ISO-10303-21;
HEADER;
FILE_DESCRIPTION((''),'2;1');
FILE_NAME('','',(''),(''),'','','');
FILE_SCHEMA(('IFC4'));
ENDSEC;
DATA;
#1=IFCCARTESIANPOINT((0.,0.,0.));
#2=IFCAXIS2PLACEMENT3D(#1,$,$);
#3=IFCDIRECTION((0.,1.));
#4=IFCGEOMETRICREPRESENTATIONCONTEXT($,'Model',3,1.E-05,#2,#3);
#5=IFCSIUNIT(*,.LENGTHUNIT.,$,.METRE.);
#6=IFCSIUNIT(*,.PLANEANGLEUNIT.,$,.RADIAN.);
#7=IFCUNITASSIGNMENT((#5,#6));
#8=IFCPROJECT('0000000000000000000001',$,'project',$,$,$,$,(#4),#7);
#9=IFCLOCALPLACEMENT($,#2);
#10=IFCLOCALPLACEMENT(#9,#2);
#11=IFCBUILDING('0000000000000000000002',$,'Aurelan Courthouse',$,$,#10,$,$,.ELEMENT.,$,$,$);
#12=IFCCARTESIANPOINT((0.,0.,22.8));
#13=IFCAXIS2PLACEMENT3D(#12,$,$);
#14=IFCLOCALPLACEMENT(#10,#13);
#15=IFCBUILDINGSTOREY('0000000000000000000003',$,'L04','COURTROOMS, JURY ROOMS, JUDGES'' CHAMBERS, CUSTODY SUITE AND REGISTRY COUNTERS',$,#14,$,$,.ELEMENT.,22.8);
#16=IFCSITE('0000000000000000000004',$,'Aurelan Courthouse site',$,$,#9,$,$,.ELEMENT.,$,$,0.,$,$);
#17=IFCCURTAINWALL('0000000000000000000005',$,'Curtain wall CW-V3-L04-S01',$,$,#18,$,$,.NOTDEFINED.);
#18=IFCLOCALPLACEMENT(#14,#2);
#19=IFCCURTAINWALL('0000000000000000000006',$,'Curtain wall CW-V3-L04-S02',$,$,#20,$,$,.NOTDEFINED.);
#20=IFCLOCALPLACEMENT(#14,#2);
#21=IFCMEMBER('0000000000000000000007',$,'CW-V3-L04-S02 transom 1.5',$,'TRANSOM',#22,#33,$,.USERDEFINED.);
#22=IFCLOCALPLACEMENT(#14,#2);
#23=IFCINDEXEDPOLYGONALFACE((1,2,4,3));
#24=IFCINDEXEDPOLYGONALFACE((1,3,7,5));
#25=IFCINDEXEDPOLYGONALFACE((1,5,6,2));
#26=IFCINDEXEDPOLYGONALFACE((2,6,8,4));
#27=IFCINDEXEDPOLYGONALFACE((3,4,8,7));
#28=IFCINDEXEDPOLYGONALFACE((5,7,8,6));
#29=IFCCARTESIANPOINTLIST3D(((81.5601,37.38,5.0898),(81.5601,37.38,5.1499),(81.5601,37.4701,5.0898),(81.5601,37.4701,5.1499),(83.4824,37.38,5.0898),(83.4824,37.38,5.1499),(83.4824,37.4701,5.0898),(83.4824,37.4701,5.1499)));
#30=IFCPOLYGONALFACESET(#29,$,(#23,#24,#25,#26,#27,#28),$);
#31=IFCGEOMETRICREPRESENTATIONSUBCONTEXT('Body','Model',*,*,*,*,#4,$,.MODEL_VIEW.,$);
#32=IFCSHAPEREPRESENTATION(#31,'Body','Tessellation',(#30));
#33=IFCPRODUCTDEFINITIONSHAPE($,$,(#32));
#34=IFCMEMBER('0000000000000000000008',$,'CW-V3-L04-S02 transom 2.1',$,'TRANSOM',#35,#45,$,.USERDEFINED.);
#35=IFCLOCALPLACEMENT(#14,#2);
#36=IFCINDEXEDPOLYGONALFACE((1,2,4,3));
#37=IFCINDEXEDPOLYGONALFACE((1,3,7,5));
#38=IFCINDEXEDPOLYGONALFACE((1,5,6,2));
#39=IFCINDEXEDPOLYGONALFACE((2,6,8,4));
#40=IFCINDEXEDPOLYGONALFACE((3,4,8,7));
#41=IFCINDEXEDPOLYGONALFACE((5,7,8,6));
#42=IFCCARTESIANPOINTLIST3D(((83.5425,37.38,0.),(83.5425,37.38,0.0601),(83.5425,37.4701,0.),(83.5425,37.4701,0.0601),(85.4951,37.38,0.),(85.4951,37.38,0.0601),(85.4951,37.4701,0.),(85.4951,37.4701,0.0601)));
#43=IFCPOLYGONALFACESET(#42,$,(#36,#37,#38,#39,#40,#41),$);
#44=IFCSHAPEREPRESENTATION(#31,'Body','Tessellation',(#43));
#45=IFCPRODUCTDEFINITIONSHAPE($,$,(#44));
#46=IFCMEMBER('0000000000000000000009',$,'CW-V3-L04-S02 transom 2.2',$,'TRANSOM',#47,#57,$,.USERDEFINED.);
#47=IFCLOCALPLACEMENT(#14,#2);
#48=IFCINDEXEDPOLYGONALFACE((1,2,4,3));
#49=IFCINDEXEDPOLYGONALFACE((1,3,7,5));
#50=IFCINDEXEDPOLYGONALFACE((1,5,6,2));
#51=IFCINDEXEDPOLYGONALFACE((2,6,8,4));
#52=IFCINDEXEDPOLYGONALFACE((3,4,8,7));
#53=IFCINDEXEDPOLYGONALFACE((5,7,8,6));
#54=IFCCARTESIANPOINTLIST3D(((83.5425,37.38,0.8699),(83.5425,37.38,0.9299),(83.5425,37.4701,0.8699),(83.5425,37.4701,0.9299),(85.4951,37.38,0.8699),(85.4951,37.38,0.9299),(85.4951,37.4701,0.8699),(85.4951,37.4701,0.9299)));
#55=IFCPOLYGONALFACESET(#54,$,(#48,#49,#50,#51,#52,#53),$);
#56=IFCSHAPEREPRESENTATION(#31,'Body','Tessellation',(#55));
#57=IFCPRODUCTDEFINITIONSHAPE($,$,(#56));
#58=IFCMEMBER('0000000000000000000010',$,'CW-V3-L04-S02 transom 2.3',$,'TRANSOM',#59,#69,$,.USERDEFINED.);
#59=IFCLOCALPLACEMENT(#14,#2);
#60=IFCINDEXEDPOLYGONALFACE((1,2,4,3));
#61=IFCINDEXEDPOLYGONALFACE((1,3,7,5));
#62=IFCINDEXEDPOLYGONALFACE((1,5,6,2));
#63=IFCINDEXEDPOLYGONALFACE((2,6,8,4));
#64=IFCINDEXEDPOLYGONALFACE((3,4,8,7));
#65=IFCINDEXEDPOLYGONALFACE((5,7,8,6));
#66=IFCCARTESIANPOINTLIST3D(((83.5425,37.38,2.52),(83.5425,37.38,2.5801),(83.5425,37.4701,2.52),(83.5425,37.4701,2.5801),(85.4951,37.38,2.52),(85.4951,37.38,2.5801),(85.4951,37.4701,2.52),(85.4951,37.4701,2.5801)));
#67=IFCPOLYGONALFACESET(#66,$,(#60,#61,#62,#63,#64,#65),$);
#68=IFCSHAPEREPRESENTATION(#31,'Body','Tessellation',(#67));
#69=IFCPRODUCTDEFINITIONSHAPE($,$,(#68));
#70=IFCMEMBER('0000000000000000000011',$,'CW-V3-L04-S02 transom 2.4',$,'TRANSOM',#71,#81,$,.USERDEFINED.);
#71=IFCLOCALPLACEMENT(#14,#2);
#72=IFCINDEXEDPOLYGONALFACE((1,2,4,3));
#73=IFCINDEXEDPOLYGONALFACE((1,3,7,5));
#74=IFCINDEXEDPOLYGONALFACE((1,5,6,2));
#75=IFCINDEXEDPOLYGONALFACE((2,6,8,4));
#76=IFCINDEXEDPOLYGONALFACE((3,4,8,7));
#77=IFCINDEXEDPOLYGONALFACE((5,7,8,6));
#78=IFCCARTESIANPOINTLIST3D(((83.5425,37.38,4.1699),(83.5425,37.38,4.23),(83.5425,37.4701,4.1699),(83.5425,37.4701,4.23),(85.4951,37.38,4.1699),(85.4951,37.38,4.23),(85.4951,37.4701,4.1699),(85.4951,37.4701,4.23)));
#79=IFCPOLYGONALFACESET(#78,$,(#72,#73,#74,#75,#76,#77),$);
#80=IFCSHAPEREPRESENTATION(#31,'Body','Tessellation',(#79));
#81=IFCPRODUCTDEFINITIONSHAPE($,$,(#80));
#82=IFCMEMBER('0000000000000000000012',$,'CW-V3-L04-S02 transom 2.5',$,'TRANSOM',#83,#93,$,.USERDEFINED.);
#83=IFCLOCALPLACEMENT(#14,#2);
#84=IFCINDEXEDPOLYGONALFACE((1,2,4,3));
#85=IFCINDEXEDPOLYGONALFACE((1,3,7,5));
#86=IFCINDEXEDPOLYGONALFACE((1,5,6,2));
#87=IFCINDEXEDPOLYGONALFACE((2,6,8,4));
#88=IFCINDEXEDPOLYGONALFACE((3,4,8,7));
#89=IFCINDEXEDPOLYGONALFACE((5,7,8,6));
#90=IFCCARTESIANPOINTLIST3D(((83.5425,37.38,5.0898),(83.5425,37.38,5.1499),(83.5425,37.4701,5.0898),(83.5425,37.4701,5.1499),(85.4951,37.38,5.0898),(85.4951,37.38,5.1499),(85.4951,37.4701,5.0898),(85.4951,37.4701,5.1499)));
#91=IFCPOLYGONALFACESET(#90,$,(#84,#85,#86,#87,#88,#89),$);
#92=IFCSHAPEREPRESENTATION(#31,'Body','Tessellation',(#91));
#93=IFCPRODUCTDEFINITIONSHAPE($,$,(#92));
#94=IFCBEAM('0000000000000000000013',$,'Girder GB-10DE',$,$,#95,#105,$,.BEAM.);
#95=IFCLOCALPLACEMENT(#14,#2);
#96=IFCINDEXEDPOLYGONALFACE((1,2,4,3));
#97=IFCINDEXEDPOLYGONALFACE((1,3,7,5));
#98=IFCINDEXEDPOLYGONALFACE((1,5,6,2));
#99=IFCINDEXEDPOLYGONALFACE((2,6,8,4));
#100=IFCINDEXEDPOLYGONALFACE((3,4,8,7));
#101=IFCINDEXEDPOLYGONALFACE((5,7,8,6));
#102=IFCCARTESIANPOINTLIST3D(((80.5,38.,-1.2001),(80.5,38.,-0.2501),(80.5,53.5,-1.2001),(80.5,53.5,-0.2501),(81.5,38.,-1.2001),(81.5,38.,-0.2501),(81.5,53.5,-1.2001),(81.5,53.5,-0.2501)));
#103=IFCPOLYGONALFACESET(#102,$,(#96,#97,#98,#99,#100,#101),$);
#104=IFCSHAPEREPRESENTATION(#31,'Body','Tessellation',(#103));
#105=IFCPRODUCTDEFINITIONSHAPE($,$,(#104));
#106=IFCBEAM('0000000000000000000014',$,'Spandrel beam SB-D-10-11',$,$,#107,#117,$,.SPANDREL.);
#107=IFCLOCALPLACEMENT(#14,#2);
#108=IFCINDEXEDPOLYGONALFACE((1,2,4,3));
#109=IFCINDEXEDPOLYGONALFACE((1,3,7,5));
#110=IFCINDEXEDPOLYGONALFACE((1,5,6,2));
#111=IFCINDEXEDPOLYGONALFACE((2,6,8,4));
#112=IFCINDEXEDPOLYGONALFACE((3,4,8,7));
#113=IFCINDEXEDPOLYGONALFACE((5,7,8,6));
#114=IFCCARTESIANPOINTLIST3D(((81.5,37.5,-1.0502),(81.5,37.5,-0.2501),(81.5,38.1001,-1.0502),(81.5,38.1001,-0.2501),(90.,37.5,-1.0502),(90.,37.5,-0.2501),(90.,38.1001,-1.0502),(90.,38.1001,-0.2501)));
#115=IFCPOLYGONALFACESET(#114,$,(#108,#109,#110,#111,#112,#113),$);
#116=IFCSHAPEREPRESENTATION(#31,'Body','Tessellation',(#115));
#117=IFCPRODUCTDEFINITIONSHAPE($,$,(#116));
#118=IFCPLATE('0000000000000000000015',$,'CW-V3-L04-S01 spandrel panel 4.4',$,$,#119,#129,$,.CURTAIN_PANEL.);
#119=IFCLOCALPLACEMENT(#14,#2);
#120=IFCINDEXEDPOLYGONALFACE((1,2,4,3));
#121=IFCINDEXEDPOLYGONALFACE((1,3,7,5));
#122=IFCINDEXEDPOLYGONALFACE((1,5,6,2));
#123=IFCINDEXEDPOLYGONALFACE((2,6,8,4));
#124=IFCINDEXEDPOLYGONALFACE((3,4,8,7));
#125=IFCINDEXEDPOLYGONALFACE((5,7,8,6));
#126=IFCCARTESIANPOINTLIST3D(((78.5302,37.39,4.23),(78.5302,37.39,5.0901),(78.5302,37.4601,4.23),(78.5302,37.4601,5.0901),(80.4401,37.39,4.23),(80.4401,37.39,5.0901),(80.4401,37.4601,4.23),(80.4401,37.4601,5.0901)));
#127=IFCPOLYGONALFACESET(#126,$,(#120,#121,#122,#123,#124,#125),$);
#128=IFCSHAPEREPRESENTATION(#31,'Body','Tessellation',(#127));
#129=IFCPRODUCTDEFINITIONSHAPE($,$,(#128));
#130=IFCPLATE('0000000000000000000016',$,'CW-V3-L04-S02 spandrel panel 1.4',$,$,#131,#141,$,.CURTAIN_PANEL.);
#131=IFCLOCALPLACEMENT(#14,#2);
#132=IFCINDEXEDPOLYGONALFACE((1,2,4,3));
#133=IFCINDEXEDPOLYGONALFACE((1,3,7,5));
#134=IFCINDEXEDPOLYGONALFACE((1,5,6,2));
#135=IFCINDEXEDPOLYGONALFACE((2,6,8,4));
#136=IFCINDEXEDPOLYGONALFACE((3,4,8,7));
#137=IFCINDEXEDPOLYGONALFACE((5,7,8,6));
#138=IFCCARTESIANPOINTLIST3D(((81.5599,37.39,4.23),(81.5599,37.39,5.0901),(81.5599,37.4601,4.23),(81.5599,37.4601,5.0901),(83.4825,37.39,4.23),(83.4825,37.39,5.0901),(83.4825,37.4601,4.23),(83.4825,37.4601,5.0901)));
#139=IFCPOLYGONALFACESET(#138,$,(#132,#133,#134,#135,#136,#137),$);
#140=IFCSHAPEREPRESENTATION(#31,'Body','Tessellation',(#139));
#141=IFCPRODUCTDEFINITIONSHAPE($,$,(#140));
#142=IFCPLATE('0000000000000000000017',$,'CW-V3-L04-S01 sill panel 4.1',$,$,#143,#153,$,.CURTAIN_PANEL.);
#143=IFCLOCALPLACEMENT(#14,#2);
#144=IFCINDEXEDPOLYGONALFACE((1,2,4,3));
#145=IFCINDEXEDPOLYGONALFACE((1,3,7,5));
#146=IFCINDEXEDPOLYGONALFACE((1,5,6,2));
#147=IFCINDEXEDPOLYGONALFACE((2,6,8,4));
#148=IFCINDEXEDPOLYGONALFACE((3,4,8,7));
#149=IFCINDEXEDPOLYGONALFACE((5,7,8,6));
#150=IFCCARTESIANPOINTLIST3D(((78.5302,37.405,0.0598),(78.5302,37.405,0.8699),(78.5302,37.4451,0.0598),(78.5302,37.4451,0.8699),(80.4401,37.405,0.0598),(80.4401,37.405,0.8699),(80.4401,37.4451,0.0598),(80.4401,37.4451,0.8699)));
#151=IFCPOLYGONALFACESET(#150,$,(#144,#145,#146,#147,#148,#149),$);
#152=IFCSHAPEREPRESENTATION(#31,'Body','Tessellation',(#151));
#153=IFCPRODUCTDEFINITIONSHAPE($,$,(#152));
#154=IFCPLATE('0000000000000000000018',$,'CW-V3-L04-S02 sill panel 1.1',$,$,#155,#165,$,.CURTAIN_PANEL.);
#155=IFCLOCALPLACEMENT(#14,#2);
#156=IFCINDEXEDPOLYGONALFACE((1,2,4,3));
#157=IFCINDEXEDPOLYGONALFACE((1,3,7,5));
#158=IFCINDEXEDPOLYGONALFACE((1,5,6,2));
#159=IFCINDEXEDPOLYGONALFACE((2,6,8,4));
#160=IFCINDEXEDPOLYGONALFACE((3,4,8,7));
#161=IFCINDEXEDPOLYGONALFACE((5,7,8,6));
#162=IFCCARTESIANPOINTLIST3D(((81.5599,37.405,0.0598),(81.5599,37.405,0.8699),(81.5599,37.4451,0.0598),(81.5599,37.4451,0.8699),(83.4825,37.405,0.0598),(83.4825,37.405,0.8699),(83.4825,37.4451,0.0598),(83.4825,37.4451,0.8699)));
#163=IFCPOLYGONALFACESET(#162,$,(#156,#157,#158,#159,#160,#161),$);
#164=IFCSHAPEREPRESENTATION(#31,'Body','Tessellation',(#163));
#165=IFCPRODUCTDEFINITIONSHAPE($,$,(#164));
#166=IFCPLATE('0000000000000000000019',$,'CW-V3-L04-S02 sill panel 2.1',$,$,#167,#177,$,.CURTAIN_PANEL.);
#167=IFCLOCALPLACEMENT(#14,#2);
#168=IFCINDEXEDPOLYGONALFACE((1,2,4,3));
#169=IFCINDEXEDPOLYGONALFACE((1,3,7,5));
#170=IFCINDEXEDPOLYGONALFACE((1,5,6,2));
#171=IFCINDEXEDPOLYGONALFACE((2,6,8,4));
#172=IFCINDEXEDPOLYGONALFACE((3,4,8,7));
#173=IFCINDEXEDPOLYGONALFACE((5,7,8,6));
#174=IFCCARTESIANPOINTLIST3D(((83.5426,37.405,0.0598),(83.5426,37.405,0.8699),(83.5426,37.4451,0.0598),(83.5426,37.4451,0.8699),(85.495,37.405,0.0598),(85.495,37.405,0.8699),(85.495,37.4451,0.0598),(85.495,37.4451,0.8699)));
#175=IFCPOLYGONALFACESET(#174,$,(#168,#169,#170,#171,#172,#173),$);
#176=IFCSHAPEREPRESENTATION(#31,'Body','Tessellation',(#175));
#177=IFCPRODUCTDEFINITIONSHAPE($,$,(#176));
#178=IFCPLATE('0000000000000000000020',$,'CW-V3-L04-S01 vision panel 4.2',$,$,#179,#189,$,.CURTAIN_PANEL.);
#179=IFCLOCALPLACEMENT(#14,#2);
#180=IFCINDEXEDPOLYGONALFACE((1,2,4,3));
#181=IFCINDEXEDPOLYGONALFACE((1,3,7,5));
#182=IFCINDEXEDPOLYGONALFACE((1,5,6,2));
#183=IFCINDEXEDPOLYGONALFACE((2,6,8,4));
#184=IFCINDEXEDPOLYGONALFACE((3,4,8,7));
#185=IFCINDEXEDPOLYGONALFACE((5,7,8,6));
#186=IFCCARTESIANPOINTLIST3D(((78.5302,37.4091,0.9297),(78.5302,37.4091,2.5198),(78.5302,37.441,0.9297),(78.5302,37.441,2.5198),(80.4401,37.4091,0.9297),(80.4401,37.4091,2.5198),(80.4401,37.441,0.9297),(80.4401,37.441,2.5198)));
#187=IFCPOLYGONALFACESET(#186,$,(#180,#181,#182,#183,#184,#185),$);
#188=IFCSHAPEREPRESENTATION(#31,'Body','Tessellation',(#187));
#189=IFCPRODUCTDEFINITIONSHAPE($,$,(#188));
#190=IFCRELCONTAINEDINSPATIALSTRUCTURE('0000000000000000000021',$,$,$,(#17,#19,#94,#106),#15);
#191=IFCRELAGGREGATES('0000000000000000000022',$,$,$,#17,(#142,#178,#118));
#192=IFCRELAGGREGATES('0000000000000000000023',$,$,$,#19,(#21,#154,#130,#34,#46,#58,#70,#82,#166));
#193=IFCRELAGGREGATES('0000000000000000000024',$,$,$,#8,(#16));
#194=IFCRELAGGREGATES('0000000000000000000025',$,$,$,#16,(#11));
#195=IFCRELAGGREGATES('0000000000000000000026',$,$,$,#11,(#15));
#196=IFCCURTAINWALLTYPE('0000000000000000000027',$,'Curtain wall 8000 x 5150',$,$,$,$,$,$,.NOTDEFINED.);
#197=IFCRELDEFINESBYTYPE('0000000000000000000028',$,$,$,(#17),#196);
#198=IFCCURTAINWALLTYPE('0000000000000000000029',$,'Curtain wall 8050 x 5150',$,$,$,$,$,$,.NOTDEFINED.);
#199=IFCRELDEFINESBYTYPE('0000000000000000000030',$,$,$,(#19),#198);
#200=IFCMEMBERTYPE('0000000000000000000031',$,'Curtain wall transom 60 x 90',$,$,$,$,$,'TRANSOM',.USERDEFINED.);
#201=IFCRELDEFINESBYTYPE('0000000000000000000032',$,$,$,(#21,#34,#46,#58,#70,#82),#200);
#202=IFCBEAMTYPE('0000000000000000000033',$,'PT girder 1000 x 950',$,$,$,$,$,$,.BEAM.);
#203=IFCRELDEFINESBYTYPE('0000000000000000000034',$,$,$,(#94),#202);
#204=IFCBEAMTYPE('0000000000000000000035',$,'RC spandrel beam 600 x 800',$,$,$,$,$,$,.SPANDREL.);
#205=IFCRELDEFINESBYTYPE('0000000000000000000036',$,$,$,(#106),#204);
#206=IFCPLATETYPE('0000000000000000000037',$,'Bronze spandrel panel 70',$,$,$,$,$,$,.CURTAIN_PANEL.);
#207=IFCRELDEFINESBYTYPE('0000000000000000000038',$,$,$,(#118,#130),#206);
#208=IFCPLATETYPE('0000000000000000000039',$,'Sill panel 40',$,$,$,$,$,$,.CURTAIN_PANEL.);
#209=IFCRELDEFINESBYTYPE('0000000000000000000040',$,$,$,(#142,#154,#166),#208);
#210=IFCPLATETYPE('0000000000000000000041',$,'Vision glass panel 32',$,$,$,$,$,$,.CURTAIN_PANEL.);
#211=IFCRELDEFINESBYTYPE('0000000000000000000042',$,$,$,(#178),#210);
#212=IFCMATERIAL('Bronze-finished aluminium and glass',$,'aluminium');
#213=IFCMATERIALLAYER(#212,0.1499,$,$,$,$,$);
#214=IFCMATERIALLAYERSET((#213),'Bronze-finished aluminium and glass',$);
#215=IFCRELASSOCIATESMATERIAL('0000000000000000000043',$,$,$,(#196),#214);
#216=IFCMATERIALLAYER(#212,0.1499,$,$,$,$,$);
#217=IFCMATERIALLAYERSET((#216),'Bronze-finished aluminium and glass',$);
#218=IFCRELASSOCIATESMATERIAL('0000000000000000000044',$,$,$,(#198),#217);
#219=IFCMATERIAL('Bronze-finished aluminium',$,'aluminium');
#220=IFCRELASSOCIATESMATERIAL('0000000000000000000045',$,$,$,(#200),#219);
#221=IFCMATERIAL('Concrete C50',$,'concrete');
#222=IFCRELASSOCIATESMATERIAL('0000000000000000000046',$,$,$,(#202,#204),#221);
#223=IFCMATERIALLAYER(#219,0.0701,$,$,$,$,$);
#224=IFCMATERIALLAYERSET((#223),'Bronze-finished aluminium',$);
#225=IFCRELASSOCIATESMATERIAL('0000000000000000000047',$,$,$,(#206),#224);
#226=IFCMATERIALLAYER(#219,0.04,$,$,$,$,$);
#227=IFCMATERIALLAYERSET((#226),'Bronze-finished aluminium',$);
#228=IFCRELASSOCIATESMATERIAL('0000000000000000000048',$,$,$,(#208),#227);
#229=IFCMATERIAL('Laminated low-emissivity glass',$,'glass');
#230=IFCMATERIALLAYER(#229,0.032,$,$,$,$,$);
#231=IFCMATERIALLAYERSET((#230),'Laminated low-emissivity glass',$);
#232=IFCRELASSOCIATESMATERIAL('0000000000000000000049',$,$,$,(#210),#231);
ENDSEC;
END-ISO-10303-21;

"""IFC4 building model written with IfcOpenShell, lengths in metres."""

from ifc_helpers import new_model, si_unit, direction, frame, origin, origin_2d, place, context, subcontext, project, spatial, rectangle, extrude, material, layer, layer_set, material_profile, profile_set, type_object, element, aggregate, save


model = new_model("IFC4")

# Units and contexts
model_context = context("Model", 3, precision=1e-05, world=origin(), true_north=direction((0.0, 1.0)))
body_context = subcontext(model_context, "Body", "Model", "MODEL_VIEW")
ifc_project = project(units=[si_unit("LENGTHUNIT", "METRE"), si_unit("PLANEANGLEUNIT", "RADIAN")], contexts=[model_context])

# Site, building, storey
site_placement = place(None, origin())
site = spatial("IfcSite", under=ifc_project, at=site_placement, Name="Aurelan Courthouse site", CompositionType="ELEMENT", RefElevation=0.0)
building_placement = place(site_placement, origin())
building = spatial("IfcBuilding", under=site, at=building_placement, Name="Aurelan Courthouse", CompositionType="ELEMENT")
storey_placement = place(building_placement, frame((0.0, 0.0, 22.8)))
storey = spatial("IfcBuildingStorey", under=building, at=storey_placement, Name="L04", Description="COURTROOMS, JURY ROOMS, JUDGES' CHAMBERS, CUSTODY SUITE AND REGISTRY COUNTERS", CompositionType="ELEMENT", Elevation=22.8)

# Shared definitions
ifc_material_1 = material(Name="Concrete C50", Category="concrete")

# Curtain walls
ifc_material_2 = material(Name="Bronze-finished aluminium and glass", Category="aluminium")
ifc_layer_1 = layer(ifc_material_2, 0.1499)
ifc_layer_set_1 = layer_set([ifc_layer_1], Name="Bronze-finished aluminium and glass")
curtain_wall_type_1 = type_object("IfcCurtainWallType", Name="Curtain wall 8000 x 5150", PredefinedType="NOTDEFINED", material=ifc_layer_set_1)
curtain_wall_1_placement = place(storey_placement, origin())
curtain_wall_1 = element("IfcCurtainWall", 1, at=curtain_wall_1_placement, inside=storey, type_object=curtain_wall_type_1, Name="Curtain wall CW-V3-L04-S01", PredefinedType="NOTDEFINED")
ifc_material_3 = material(Name="Bronze-finished aluminium", Category="aluminium")
ifc_layer_2 = layer(ifc_material_2, 0.1499)
ifc_layer_set_2 = layer_set([ifc_layer_2], Name="Bronze-finished aluminium and glass")
curtain_wall_type_2 = type_object("IfcCurtainWallType", Name="Curtain wall 8050 x 5150", PredefinedType="NOTDEFINED", material=ifc_layer_set_2)
curtain_wall_2_placement = place(storey_placement, origin())
curtain_wall_2 = element("IfcCurtainWall", 2, at=curtain_wall_2_placement, inside=storey, type_object=curtain_wall_type_2, Name="Curtain wall CW-V3-L04-S02", PredefinedType="NOTDEFINED")

# Members
ifc_material_profile_1 = material_profile(ifc_material_3, rectangle(XDim=0.0901, YDim=0.0601, at=origin_2d()), Name="Bronze transom 60 x 90")
ifc_profile_set_1 = profile_set([ifc_material_profile_1], Name="Bronze-finished aluminium")
member_type_1 = type_object("IfcMemberType", Name="Curtain wall transom 60 x 90", ElementType="TRANSOM", PredefinedType="USERDEFINED", material=ifc_profile_set_1)
member_1_placement = place(storey_placement, frame((81.5601, 37.425, 5.1199), z_axis=(1.0, 0.0, 0.0), x_axis=(0.0, 1.0, 0.0)))
member_1 = element("IfcMember", 3, at=member_1_placement, type_object=member_type_1, Name="CW-V3-L04-S02 transom 1.5", ObjectType="TRANSOM", PredefinedType="USERDEFINED", context=body_context, shape_type="SweptSolid", body=[
    extrude(rectangle(XDim=0.0901, YDim=0.0601, at=origin_2d()), origin(), (0.0, 0.0, 1.0), 1.9224),
])
member_2_placement = place(storey_placement, frame((83.5425, 37.425, 0.03), z_axis=(1.0, 0.0, 0.0), x_axis=(0.0, 1.0, 0.0)))
member_2 = element("IfcMember", 4, at=member_2_placement, type_object=member_type_1, Name="CW-V3-L04-S02 transom 2.1", ObjectType="TRANSOM", PredefinedType="USERDEFINED", context=body_context, shape_type="SweptSolid", body=[
    extrude(rectangle(XDim=0.0901, YDim=0.0601, at=origin_2d()), origin(), (0.0, 0.0, 1.0), 1.9526),
])
member_3_placement = place(storey_placement, frame((83.5425, 37.425, 0.8999), z_axis=(1.0, 0.0, 0.0), x_axis=(0.0, 1.0, 0.0)))
member_3 = element("IfcMember", 5, at=member_3_placement, type_object=member_type_1, Name="CW-V3-L04-S02 transom 2.2", ObjectType="TRANSOM", PredefinedType="USERDEFINED", context=body_context, shape_type="SweptSolid", body=[
    extrude(rectangle(XDim=0.0901, YDim=0.0601, at=origin_2d()), origin(), (0.0, 0.0, 1.0), 1.9526),
])
member_4_placement = place(storey_placement, frame((83.5425, 37.425, 2.55), z_axis=(1.0, 0.0, 0.0), x_axis=(0.0, 1.0, 0.0)))
member_4 = element("IfcMember", 6, at=member_4_placement, type_object=member_type_1, Name="CW-V3-L04-S02 transom 2.3", ObjectType="TRANSOM", PredefinedType="USERDEFINED", context=body_context, shape_type="SweptSolid", body=[
    extrude(rectangle(XDim=0.0901, YDim=0.0601, at=origin_2d()), origin(), (0.0, 0.0, 1.0), 1.9526),
])
member_5_placement = place(storey_placement, frame((83.5425, 37.425, 4.2), z_axis=(1.0, 0.0, 0.0), x_axis=(0.0, 1.0, 0.0)))
member_5 = element("IfcMember", 7, at=member_5_placement, type_object=member_type_1, Name="CW-V3-L04-S02 transom 2.4", ObjectType="TRANSOM", PredefinedType="USERDEFINED", context=body_context, shape_type="SweptSolid", body=[
    extrude(rectangle(XDim=0.0901, YDim=0.0601, at=origin_2d()), origin(), (0.0, 0.0, 1.0), 1.9526),
])
member_6_placement = place(storey_placement, frame((83.5425, 37.425, 5.1199), z_axis=(1.0, 0.0, 0.0), x_axis=(0.0, 1.0, 0.0)))
member_6 = element("IfcMember", 8, at=member_6_placement, type_object=member_type_1, Name="CW-V3-L04-S02 transom 2.5", ObjectType="TRANSOM", PredefinedType="USERDEFINED", context=body_context, shape_type="SweptSolid", body=[
    extrude(rectangle(XDim=0.0901, YDim=0.0601, at=origin_2d()), origin(), (0.0, 0.0, 1.0), 1.9526),
])

# Beams
ifc_material_profile_2 = material_profile(ifc_material_1, rectangle(XDim=1.0, YDim=0.95, at=origin_2d()), Name="RC 1000 x 950")
ifc_profile_set_2 = profile_set([ifc_material_profile_2], Name="Concrete C50")
beam_type_1 = type_object("IfcBeamType", Name="PT girder 1000 x 950", PredefinedType="BEAM", material=ifc_profile_set_2)
beam_1_placement = place(storey_placement, frame((81.0, 38.0, -0.7251), z_axis=(0.0, 1.0, 0.0), x_axis=(-1.0, 0.0, 0.0)))
element("IfcBeam", 9, at=beam_1_placement, inside=storey, type_object=beam_type_1, Name="Girder GB-10DE", PredefinedType="BEAM", context=body_context, shape_type="SweptSolid", body=[
    extrude(rectangle(XDim=1.0, YDim=0.95, at=origin_2d()), origin(), (0.0, 0.0, 1.0), 15.5),
])
ifc_material_profile_3 = material_profile(ifc_material_1, rectangle(XDim=0.6001, YDim=0.8, at=origin_2d()), Name="RC 600 x 800")
ifc_profile_set_3 = profile_set([ifc_material_profile_3], Name="Concrete C50")
beam_type_2 = type_object("IfcBeamType", Name="RC spandrel beam 600 x 800", PredefinedType="SPANDREL", material=ifc_profile_set_3)
beam_2_placement = place(storey_placement, frame((81.5, 37.8, -0.6501), z_axis=(1.0, 0.0, 0.0), x_axis=(0.0, 1.0, 0.0)))
element("IfcBeam", 10, at=beam_2_placement, inside=storey, type_object=beam_type_2, Name="Spandrel beam SB-D-10-11", PredefinedType="SPANDREL", context=body_context, shape_type="SweptSolid", body=[
    extrude(rectangle(XDim=0.6001, YDim=0.8, at=origin_2d()), origin(), (0.0, 0.0, 1.0), 8.5),
])

# Plates
ifc_layer_3 = layer(ifc_material_3, 0.0701)
ifc_layer_set_3 = layer_set([ifc_layer_3], Name="Bronze-finished aluminium")
plate_type_1 = type_object("IfcPlateType", Name="Bronze spandrel panel 70", PredefinedType="CURTAIN_PANEL", material=ifc_layer_set_3)
plate_1_placement = place(storey_placement, frame((79.4851, 37.425, 4.23), z_axis=(0.0, 0.0, 1.0), x_axis=(1.0, 0.0, 0.0)))
plate_1 = element("IfcPlate", 11, at=plate_1_placement, type_object=plate_type_1, Name="CW-V3-L04-S01 spandrel panel 4.4", PredefinedType="CURTAIN_PANEL", context=body_context, shape_type="SweptSolid", body=[
    extrude(rectangle(XDim=1.9099, YDim=0.0701, at=origin_2d()), origin(), (0.0, 0.0, 1.0), 0.8601),
])
plate_2_placement = place(storey_placement, frame((82.5212, 37.425, 4.23), z_axis=(0.0, 0.0, 1.0), x_axis=(1.0, 0.0, 0.0)))
plate_2 = element("IfcPlate", 12, at=plate_2_placement, type_object=plate_type_1, Name="CW-V3-L04-S02 spandrel panel 1.4", PredefinedType="CURTAIN_PANEL", context=body_context, shape_type="SweptSolid", body=[
    extrude(rectangle(XDim=1.9226, YDim=0.0701, at=origin_2d()), origin(), (0.0, 0.0, 1.0), 0.8601),
])
ifc_layer_4 = layer(ifc_material_3, 0.04)
ifc_layer_set_4 = layer_set([ifc_layer_4], Name="Bronze-finished aluminium")
plate_type_2 = type_object("IfcPlateType", Name="Sill panel 40", PredefinedType="CURTAIN_PANEL", material=ifc_layer_set_4)
plate_3_placement = place(storey_placement, frame((79.4851, 37.425, 0.0598), z_axis=(0.0, 0.0, 1.0), x_axis=(1.0, 0.0, 0.0)))
plate_3 = element("IfcPlate", 13, at=plate_3_placement, type_object=plate_type_2, Name="CW-V3-L04-S01 sill panel 4.1", PredefinedType="CURTAIN_PANEL", context=body_context, shape_type="SweptSolid", body=[
    extrude(rectangle(XDim=1.9099, YDim=0.04, at=origin_2d()), origin(), (0.0, 0.0, 1.0), 0.8101),
])
plate_4_placement = place(storey_placement, frame((82.5212, 37.425, 0.0598), z_axis=(0.0, 0.0, 1.0), x_axis=(1.0, 0.0, 0.0)))
plate_4 = element("IfcPlate", 14, at=plate_4_placement, type_object=plate_type_2, Name="CW-V3-L04-S02 sill panel 1.1", PredefinedType="CURTAIN_PANEL", context=body_context, shape_type="SweptSolid", body=[
    extrude(rectangle(XDim=1.9226, YDim=0.04, at=origin_2d()), origin(), (0.0, 0.0, 1.0), 0.8101),
])
plate_5_placement = place(storey_placement, frame((84.5188, 37.425, 0.0598), z_axis=(0.0, 0.0, 1.0), x_axis=(1.0, 0.0, 0.0)))
plate_5 = element("IfcPlate", 15, at=plate_5_placement, type_object=plate_type_2, Name="CW-V3-L04-S02 sill panel 2.1", PredefinedType="CURTAIN_PANEL", context=body_context, shape_type="SweptSolid", body=[
    extrude(rectangle(XDim=1.9524, YDim=0.04, at=origin_2d()), origin(), (0.0, 0.0, 1.0), 0.8101),
])
ifc_material_4 = material(Name="Laminated low-emissivity glass", Category="glass")
ifc_layer_5 = layer(ifc_material_4, 0.032)
ifc_layer_set_5 = layer_set([ifc_layer_5], Name="Laminated low-emissivity glass")
plate_type_3 = type_object("IfcPlateType", Name="Vision glass panel 32", PredefinedType="CURTAIN_PANEL", material=ifc_layer_set_5)
plate_6_placement = place(storey_placement, frame((79.4851, 37.425, 0.9297), z_axis=(0.0, 0.0, 1.0), x_axis=(1.0, 0.0, 0.0)))
plate_6 = element("IfcPlate", 16, at=plate_6_placement, type_object=plate_type_3, Name="CW-V3-L04-S01 vision panel 4.2", PredefinedType="CURTAIN_PANEL", context=body_context, shape_type="SweptSolid", body=[
    extrude(rectangle(XDim=1.9099, YDim=0.032, at=origin_2d()), origin(), (0.0, 0.0, 1.0), 1.5901),
])
aggregate(curtain_wall_1, [plate_3, plate_6, plate_1])
aggregate(curtain_wall_2, [member_1, plate_4, plate_2, member_2, member_3, member_4, member_5, member_6, plate_5])

save(model, "model.ifc")
